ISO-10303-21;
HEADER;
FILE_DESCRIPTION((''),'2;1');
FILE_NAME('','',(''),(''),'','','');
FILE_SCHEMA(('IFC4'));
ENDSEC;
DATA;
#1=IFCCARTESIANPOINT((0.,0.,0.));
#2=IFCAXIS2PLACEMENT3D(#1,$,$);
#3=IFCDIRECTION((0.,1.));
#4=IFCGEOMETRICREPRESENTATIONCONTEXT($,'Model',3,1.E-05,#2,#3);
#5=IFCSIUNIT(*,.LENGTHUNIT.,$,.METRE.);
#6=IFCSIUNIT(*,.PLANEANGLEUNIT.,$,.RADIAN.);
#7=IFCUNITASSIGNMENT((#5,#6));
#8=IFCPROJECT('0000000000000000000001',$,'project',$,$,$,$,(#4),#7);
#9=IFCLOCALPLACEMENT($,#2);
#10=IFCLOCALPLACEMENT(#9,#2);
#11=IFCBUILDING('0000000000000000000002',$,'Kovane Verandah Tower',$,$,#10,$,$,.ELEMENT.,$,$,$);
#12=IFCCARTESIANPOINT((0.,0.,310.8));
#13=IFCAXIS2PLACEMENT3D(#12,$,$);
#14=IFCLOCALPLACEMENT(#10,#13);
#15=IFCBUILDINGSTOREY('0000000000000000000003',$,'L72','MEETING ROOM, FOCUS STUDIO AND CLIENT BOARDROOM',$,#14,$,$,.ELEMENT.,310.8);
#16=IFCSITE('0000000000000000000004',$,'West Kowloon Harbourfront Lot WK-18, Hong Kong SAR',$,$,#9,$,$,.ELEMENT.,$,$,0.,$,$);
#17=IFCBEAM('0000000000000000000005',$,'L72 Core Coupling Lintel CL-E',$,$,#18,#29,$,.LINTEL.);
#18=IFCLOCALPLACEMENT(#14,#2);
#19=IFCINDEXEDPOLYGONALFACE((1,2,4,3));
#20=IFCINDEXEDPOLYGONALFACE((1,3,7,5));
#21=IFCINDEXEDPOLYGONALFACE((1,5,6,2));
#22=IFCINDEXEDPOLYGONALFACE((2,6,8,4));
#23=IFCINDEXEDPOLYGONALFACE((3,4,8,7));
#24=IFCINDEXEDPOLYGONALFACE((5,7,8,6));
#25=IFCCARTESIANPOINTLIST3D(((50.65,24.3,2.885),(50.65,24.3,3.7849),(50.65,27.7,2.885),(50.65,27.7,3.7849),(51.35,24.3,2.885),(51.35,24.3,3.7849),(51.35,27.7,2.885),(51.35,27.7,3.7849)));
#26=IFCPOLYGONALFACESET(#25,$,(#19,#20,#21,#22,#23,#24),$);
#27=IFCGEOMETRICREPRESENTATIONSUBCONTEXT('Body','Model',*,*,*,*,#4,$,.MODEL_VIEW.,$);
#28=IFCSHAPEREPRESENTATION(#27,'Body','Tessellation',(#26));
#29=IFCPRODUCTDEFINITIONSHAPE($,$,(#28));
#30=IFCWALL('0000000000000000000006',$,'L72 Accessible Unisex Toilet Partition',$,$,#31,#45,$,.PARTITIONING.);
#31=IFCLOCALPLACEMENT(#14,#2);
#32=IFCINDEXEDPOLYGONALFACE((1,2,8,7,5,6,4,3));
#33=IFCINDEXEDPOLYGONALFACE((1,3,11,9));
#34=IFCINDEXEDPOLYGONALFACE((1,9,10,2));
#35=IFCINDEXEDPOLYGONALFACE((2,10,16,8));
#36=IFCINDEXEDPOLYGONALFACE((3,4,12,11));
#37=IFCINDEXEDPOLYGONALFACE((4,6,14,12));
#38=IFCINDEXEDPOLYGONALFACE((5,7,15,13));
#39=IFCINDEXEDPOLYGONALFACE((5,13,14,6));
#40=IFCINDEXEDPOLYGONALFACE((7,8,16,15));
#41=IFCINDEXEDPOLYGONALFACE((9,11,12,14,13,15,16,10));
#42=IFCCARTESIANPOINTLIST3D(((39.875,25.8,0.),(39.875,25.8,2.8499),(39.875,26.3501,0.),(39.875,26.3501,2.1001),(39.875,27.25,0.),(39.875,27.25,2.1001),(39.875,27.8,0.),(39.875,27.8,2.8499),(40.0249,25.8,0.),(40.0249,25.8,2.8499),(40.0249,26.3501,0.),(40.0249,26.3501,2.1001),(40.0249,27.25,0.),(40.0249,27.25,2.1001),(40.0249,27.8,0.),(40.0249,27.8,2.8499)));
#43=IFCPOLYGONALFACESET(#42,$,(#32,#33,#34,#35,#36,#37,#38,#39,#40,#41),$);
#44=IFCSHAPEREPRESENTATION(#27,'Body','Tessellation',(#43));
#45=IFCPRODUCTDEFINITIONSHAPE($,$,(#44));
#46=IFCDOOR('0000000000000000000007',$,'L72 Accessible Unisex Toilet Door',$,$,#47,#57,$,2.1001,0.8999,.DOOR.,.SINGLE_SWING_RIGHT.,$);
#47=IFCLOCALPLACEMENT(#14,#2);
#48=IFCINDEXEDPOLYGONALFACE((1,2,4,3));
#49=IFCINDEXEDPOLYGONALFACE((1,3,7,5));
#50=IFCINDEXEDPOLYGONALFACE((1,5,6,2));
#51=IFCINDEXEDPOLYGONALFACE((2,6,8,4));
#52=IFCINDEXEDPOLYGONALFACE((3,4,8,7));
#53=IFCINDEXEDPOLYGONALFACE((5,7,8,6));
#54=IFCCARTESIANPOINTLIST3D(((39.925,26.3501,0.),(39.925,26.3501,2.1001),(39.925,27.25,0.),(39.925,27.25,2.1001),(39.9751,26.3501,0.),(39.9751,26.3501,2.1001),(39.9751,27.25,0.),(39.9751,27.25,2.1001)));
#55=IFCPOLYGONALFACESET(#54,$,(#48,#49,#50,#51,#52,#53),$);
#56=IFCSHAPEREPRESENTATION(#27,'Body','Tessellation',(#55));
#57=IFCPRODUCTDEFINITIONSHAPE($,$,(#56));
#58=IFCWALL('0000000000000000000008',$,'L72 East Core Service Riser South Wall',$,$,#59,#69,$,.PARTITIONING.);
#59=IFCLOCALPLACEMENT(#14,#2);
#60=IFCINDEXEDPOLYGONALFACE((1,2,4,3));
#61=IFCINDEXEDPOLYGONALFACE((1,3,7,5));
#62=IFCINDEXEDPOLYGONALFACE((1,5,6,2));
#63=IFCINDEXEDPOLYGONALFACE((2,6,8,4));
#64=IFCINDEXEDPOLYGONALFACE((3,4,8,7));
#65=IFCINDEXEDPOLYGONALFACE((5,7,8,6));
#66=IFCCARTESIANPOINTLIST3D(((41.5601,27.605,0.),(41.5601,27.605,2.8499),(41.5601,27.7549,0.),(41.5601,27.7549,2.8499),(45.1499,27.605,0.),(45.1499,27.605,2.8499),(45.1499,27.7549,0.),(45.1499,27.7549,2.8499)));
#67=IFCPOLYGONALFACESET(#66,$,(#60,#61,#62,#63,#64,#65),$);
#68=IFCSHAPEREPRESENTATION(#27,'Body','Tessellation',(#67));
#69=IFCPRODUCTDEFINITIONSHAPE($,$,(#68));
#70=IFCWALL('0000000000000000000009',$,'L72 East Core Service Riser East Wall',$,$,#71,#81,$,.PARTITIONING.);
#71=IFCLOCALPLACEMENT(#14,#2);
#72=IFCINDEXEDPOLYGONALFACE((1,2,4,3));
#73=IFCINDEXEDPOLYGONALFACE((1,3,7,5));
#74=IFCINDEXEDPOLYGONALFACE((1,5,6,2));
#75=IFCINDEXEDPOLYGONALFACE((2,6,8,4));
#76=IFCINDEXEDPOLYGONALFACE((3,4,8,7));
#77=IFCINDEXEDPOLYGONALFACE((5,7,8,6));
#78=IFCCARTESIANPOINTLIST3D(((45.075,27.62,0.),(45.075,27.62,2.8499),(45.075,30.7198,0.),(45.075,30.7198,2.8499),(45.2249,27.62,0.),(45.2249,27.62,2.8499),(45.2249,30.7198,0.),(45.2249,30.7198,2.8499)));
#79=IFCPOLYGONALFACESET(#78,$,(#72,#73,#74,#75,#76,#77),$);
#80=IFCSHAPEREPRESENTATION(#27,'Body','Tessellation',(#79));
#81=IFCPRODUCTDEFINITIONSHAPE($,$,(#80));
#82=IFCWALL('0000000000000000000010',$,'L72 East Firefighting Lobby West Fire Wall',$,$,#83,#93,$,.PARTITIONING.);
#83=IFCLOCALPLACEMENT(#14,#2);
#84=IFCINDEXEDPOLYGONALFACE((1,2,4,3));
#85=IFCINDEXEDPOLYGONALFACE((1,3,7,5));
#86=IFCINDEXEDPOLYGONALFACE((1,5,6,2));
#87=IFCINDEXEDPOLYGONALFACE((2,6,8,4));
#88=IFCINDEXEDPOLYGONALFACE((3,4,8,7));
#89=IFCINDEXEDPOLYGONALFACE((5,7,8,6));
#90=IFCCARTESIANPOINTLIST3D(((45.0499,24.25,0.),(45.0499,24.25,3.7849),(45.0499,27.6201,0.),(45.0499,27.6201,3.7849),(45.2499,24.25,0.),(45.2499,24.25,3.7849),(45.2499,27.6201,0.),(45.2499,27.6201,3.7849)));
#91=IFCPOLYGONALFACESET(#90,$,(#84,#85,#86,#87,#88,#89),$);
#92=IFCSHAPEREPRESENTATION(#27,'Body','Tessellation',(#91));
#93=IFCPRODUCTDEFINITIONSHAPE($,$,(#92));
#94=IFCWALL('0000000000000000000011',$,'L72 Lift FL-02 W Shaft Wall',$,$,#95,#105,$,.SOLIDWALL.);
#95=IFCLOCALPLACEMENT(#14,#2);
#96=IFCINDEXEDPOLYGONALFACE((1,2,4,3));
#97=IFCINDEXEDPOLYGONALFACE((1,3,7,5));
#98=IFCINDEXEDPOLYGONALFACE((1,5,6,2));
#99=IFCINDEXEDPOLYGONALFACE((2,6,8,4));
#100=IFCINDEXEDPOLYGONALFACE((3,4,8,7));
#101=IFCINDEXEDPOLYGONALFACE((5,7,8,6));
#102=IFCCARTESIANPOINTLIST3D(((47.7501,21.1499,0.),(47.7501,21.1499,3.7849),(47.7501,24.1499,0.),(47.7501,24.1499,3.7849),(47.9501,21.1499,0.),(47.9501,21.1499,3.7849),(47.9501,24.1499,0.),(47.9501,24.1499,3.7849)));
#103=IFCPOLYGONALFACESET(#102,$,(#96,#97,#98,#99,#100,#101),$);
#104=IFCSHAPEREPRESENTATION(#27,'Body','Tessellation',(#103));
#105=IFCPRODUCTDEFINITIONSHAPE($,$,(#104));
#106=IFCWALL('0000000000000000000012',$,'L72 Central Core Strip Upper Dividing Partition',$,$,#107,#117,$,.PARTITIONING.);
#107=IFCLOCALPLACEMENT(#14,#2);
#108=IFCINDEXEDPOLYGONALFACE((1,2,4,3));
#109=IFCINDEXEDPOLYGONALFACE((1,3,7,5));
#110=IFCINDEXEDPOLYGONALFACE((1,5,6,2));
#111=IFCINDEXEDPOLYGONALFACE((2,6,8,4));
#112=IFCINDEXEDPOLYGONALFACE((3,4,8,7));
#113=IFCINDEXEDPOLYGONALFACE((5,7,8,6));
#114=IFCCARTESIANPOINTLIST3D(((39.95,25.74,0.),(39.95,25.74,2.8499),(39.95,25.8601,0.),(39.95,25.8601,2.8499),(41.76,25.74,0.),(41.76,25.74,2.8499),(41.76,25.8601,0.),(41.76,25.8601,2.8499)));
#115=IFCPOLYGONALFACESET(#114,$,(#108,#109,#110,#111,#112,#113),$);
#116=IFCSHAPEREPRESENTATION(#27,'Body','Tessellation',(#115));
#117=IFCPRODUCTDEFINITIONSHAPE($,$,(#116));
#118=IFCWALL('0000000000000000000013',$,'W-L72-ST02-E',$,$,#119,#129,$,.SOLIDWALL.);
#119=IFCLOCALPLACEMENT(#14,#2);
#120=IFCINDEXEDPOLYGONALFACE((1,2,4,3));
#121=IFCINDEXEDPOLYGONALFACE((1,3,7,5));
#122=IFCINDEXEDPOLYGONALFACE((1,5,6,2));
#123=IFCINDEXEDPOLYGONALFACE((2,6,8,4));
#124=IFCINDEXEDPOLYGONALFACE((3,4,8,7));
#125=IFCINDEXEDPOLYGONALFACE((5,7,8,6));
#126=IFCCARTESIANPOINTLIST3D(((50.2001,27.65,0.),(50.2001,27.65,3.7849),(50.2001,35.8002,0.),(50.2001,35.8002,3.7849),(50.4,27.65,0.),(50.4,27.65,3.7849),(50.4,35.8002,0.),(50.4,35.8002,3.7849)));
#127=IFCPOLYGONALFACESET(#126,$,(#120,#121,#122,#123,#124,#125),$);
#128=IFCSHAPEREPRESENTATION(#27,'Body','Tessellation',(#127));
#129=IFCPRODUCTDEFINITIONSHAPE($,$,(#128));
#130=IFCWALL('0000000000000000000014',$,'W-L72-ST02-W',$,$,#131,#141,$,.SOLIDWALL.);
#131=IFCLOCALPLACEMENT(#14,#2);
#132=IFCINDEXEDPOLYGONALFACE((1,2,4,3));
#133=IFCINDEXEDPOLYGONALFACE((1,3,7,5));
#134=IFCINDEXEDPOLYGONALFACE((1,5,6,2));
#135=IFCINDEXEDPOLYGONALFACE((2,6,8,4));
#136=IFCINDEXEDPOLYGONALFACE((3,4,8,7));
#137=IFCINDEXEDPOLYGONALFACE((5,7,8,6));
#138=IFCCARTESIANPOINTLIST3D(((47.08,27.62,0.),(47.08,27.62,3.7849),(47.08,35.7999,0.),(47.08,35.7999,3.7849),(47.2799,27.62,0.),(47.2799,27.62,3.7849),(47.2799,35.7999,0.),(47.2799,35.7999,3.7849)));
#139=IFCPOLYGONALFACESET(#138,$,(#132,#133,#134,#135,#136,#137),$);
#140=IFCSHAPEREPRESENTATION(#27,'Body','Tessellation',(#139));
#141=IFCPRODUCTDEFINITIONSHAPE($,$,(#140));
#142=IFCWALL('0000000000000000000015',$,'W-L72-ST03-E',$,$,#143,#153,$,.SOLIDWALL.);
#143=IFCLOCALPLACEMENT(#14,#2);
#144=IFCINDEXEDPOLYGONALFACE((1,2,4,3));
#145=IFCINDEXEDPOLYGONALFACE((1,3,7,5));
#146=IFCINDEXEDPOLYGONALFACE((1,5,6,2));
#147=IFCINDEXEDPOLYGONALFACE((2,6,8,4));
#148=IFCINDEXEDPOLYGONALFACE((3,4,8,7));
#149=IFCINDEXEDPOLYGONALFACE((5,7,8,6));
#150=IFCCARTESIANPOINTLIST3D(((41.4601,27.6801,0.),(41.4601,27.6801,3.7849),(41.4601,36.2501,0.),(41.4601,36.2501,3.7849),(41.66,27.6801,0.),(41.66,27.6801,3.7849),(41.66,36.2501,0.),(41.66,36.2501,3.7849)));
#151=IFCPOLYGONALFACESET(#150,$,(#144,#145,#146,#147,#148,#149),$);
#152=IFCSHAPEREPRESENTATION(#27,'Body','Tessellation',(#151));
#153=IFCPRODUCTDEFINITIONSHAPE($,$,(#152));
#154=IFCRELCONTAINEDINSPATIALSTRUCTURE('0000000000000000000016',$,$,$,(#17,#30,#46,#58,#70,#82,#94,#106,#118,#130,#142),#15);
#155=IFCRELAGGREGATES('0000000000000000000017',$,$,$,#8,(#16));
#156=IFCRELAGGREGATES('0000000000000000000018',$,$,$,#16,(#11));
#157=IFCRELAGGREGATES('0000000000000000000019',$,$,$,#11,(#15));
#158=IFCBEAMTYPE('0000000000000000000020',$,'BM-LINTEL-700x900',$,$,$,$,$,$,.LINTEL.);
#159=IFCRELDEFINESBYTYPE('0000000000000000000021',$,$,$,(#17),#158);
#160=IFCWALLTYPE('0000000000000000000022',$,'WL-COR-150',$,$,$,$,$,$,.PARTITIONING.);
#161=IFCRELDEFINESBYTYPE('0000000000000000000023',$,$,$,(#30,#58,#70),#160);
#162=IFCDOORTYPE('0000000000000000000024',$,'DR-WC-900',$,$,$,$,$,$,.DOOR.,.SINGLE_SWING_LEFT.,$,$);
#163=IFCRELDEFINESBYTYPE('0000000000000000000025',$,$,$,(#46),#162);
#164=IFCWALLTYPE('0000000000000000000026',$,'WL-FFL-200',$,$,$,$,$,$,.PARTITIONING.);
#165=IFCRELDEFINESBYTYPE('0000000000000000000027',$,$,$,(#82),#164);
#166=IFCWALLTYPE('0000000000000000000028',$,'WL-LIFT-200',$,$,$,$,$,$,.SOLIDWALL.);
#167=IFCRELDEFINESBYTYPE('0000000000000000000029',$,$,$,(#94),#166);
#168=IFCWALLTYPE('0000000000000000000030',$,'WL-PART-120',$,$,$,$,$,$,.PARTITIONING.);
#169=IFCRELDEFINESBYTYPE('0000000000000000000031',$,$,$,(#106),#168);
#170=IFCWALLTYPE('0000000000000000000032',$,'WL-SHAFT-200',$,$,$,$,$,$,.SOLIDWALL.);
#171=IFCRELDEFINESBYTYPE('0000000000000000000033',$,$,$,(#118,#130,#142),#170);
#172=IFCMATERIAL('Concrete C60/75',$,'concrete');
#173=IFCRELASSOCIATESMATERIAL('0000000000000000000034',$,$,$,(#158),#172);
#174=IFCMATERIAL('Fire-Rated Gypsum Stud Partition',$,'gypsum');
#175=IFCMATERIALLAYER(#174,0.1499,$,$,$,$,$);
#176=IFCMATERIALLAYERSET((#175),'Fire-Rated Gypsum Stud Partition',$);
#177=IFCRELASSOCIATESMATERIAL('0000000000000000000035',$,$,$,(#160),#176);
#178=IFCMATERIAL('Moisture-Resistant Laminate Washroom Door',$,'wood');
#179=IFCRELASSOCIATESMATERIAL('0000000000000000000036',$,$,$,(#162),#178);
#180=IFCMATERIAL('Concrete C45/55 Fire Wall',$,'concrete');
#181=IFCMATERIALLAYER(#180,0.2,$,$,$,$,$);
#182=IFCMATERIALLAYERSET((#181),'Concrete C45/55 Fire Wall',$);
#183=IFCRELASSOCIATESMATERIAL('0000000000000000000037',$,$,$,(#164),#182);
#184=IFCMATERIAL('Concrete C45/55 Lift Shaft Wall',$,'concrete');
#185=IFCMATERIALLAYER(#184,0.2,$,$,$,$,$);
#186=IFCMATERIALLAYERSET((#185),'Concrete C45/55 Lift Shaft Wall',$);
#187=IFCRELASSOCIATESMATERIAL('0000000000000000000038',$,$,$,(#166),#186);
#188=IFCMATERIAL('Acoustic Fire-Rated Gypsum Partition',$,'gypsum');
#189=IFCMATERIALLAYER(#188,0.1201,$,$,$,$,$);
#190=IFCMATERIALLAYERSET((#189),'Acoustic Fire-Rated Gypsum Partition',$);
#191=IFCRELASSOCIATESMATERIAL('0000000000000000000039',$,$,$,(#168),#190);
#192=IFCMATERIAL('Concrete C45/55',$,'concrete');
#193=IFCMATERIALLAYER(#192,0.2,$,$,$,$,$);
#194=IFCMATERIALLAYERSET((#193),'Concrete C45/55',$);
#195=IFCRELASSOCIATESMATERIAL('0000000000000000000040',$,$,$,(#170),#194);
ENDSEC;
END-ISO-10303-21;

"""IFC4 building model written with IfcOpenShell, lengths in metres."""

from ifc_helpers import new_model, si_unit, direction, frame, frame_2d, origin, origin_2d, place, context, subcontext, project, spatial, rectangle, extrude, material, layer, layer_set, material_profile, profile_set, type_object, element, fill, save


model = new_model("IFC4")

# Units and contexts
model_context = context("Model", 3, precision=1e-05, world=origin(), true_north=direction((0.0, 1.0)))
body_context = subcontext(model_context, "Body", "Model", "MODEL_VIEW")
ifc_project = project(units=[si_unit("LENGTHUNIT", "METRE"), si_unit("PLANEANGLEUNIT", "RADIAN")], contexts=[model_context])

# Site, building, storey
site_placement = place(None, origin())
site = spatial("IfcSite", under=ifc_project, at=site_placement, Name="West Kowloon Harbourfront Lot WK-18, Hong Kong SAR", CompositionType="ELEMENT", RefElevation=0.0)
building_placement = place(site_placement, origin())
building = spatial("IfcBuilding", under=site, at=building_placement, Name="Kovane Verandah Tower", CompositionType="ELEMENT")
storey_placement = place(building_placement, frame((0.0, 0.0, 310.8)))
storey = spatial("IfcBuildingStorey", under=building, at=storey_placement, Name="L72", Description="MEETING ROOM, FOCUS STUDIO AND CLIENT BOARDROOM", CompositionType="ELEMENT", Elevation=310.8)

# Beam
ifc_material_1 = material(Name="Concrete C60/75", Category="concrete")
ifc_material_profile = material_profile(ifc_material_1, rectangle(XDim=0.7, YDim=0.8999, at=origin_2d()), Name="RCB700x900")
ifc_profile_set = profile_set([ifc_material_profile], Name="Concrete C60/75")
beam_type = type_object("IfcBeamType", Name="BM-LINTEL-700x900", PredefinedType="LINTEL", material=ifc_profile_set)
beam_placement = place(storey_placement, frame((51.0, 24.3, 3.335), z_axis=(0.0, 1.0, 0.0), x_axis=(-1.0, 0.0, 0.0)))
element("IfcBeam", 1, at=beam_placement, inside=storey, type_object=beam_type, Name="L72 Core Coupling Lintel CL-E", PredefinedType="LINTEL", context=body_context, shape_type="SweptSolid", body=[
    extrude(rectangle(XDim=0.7, YDim=0.8999, at=origin_2d()), origin(), (0.0, 0.0, 1.0), 3.3999),
])

# Wall, opening, door
ifc_material_2 = material(Name="Fire-Rated Gypsum Stud Partition", Category="gypsum")
ifc_layer_1 = layer(ifc_material_2, 0.1499)
ifc_layer_set_1 = layer_set([ifc_layer_1], Name="Fire-Rated Gypsum Stud Partition")
wall_type_1 = type_object("IfcWallType", Name="WL-COR-150", PredefinedType="PARTITIONING", material=ifc_layer_set_1)
wall_1_placement = place(storey_placement, frame((39.95, 25.8, 0.0), z_axis=(0.0, 0.0, 1.0), x_axis=(0.0, 1.0, 0.0)))
wall_1 = element("IfcWall", 2, at=wall_1_placement, inside=storey, type_object=wall_type_1, Name="L72 Accessible Unisex Toilet Partition", PredefinedType="PARTITIONING", context=body_context, shape_type="SweptSolid", body=[
    extrude(rectangle(XDim=2.0, YDim=0.1499, at=frame_2d((1.0, 0.0))), origin(), (0.0, 0.0, 1.0), 2.8499),
])
opening_1_placement = place(wall_1_placement, frame((0.55, 0.0, 0.0)))
opening_1 = element("IfcOpeningElement", 3, at=opening_1_placement, cuts=wall_1, PredefinedType="OPENING", context=body_context, shape_type="SweptSolid", body=[
    extrude(rectangle(XDim=0.8999, YDim=2.1001, at=frame_2d((0.45, 1.05))), frame((0.0, 0.075, 0.0), z_axis=(0.0, -1.0, 0.0), x_axis=(1.0, 0.0, 0.0)), (0.0, 0.0, 1.0), 0.1499),
])
ifc_material_3 = material(Name="Moisture-Resistant Laminate Washroom Door", Category="wood")
door_type_1 = type_object("IfcDoorType", Name="DR-WC-900", OperationType="SINGLE_SWING_LEFT", PredefinedType="DOOR", material=ifc_material_3)
door_1_placement = place(opening_1_placement, origin())
door_1 = element("IfcDoor", 4, at=door_1_placement, inside=storey, type_object=door_type_1, Name="L72 Accessible Unisex Toilet Door", OperationType="SINGLE_SWING_RIGHT", OverallHeight=2.1001, OverallWidth=0.8999, PredefinedType="DOOR", context=body_context, shape_type="SweptSolid", body=[
    extrude(rectangle(XDim=0.8999, YDim=2.1001, at=frame_2d((0.45, 1.05))), frame((0.0, 0.0249, 0.0), z_axis=(0.0, -1.0, 0.0), x_axis=(1.0, 0.0, 0.0)), (0.0, 0.0, 1.0), 0.05),
])
fill(opening_1, door_1)

# Wall
wall_2_placement = place(storey_placement, frame((41.5601, 27.6799, 0.0), z_axis=(0.0, 0.0, 1.0), x_axis=(1.0, 0.0, 0.0)))
element("IfcWall", 5, at=wall_2_placement, inside=storey, type_object=wall_type_1, Name="L72 East Core Service Riser South Wall", PredefinedType="PARTITIONING", context=body_context, shape_type="SweptSolid", body=[
    extrude(rectangle(XDim=3.5898, YDim=0.1499, at=frame_2d((1.7949, 0.0))), origin(), (0.0, 0.0, 1.0), 2.8499),
])

# Walls
wall_3_placement = place(storey_placement, frame((45.1499, 27.6201, 0.0), z_axis=(0.0, 0.0, 1.0), x_axis=(0.0, 1.0, 0.0)))
element("IfcWall", 6, at=wall_3_placement, inside=storey, type_object=wall_type_1, Name="L72 East Core Service Riser East Wall", PredefinedType="PARTITIONING", context=body_context, shape_type="SweptSolid", body=[
    extrude(rectangle(XDim=3.0999, YDim=0.1499, at=frame_2d((1.5498, 0.0))), origin(), (0.0, 0.0, 1.0), 2.8499),
])
ifc_material_4 = material(Name="Concrete C45/55 Fire Wall", Category="concrete")
ifc_layer_2 = layer(ifc_material_4, 0.2)
ifc_layer_set_2 = layer_set([ifc_layer_2], Name="Concrete C45/55 Fire Wall")
wall_type_2 = type_object("IfcWallType", Name="WL-FFL-200", PredefinedType="PARTITIONING", material=ifc_layer_set_2)
wall_4_placement = place(storey_placement, frame((45.1499, 24.25, 0.0), z_axis=(0.0, 0.0, 1.0), x_axis=(0.0, 1.0, 0.0)))
element("IfcWall", 7, at=wall_4_placement, inside=storey, type_object=wall_type_2, Name="L72 East Firefighting Lobby West Fire Wall", PredefinedType="PARTITIONING", context=body_context, shape_type="SweptSolid", body=[
    extrude(rectangle(XDim=3.3701, YDim=0.2, at=frame_2d((1.6851, 0.0))), origin(), (0.0, 0.0, 1.0), 3.7849),
])

# Shared definitions
ifc_material_5 = material(Name="Concrete C45/55 Lift Shaft Wall", Category="concrete")
ifc_layer_3 = layer(ifc_material_5, 0.2)
ifc_layer_set_3 = layer_set([ifc_layer_3], Name="Concrete C45/55 Lift Shaft Wall")
wall_type_3 = type_object("IfcWallType", Name="WL-LIFT-200", PredefinedType="SOLIDWALL", material=ifc_layer_set_3)

# Walls
wall_5_placement = place(storey_placement, frame((47.8501, 24.1499, 0.0), z_axis=(0.0, 0.0, 1.0), x_axis=(0.0, -1.0, 0.0)))
element("IfcWall", 8, at=wall_5_placement, inside=storey, type_object=wall_type_3, Name="L72 Lift FL-02 W Shaft Wall", PredefinedType="SOLIDWALL", context=body_context, shape_type="SweptSolid", body=[
    extrude(rectangle(XDim=3.0, YDim=0.2, at=frame_2d((1.5, 0.0))), origin(), (0.0, 0.0, 1.0), 3.7849),
])
ifc_material_6 = material(Name="Acoustic Fire-Rated Gypsum Partition", Category="gypsum")
ifc_layer_4 = layer(ifc_material_6, 0.1201)
ifc_layer_set_4 = layer_set([ifc_layer_4], Name="Acoustic Fire-Rated Gypsum Partition")
wall_type_4 = type_object("IfcWallType", Name="WL-PART-120", PredefinedType="PARTITIONING", material=ifc_layer_set_4)
wall_6_placement = place(storey_placement, frame((39.95, 25.8, 0.0), z_axis=(0.0, 0.0, 1.0), x_axis=(1.0, 0.0, 0.0)))
element("IfcWall", 9, at=wall_6_placement, inside=storey, type_object=wall_type_4, Name="L72 Central Core Strip Upper Dividing Partition", PredefinedType="PARTITIONING", context=body_context, shape_type="SweptSolid", body=[
    extrude(rectangle(XDim=1.8101, YDim=0.1201, at=frame_2d((0.905, 0.0))), origin(), (0.0, 0.0, 1.0), 2.8499),
])
ifc_material_7 = material(Name="Concrete C45/55", Category="concrete")
ifc_layer_5 = layer(ifc_material_7, 0.2)
ifc_layer_set_5 = layer_set([ifc_layer_5], Name="Concrete C45/55")
wall_type_5 = type_object("IfcWallType", Name="WL-SHAFT-200", PredefinedType="SOLIDWALL", material=ifc_layer_set_5)
wall_7_placement = place(storey_placement, frame((50.3, 27.6499, 0.0), z_axis=(0.0, 0.0, 1.0), x_axis=(0.0, 1.0, 0.0)))
element("IfcWall", 10, at=wall_7_placement, inside=storey, type_object=wall_type_5, Name="W-L72-ST02-E", PredefinedType="SOLIDWALL", context=body_context, shape_type="SweptSolid", body=[
    extrude(rectangle(XDim=8.1501, YDim=0.2, at=frame_2d((4.0752, 0.0))), origin(), (0.0, 0.0, 1.0), 3.7849),
])
wall_8_placement = place(storey_placement, frame((47.1799, 27.6201, 0.0), z_axis=(0.0, 0.0, 1.0), x_axis=(0.0, 1.0, 0.0)))
element("IfcWall", 11, at=wall_8_placement, inside=storey, type_object=wall_type_5, Name="W-L72-ST02-W", PredefinedType="SOLIDWALL", context=body_context, shape_type="SweptSolid", body=[
    extrude(rectangle(XDim=8.1799, YDim=0.2, at=frame_2d((4.0898, 0.0))), origin(), (0.0, 0.0, 1.0), 3.7849),
])

# Wall
wall_9_placement = place(storey_placement, frame((41.5601, 27.6799, 0.0), z_axis=(0.0, 0.0, 1.0), x_axis=(0.0, 1.0, 0.0)))
element("IfcWall", 12, at=wall_9_placement, inside=storey, type_object=wall_type_5, Name="W-L72-ST03-E", PredefinedType="SOLIDWALL", context=body_context, shape_type="SweptSolid", body=[
    extrude(rectangle(XDim=8.5701, YDim=0.2, at=frame_2d((4.2852, 0.0))), origin(), (0.0, 0.0, 1.0), 3.7849),
])

save(model, "model.ifc")
